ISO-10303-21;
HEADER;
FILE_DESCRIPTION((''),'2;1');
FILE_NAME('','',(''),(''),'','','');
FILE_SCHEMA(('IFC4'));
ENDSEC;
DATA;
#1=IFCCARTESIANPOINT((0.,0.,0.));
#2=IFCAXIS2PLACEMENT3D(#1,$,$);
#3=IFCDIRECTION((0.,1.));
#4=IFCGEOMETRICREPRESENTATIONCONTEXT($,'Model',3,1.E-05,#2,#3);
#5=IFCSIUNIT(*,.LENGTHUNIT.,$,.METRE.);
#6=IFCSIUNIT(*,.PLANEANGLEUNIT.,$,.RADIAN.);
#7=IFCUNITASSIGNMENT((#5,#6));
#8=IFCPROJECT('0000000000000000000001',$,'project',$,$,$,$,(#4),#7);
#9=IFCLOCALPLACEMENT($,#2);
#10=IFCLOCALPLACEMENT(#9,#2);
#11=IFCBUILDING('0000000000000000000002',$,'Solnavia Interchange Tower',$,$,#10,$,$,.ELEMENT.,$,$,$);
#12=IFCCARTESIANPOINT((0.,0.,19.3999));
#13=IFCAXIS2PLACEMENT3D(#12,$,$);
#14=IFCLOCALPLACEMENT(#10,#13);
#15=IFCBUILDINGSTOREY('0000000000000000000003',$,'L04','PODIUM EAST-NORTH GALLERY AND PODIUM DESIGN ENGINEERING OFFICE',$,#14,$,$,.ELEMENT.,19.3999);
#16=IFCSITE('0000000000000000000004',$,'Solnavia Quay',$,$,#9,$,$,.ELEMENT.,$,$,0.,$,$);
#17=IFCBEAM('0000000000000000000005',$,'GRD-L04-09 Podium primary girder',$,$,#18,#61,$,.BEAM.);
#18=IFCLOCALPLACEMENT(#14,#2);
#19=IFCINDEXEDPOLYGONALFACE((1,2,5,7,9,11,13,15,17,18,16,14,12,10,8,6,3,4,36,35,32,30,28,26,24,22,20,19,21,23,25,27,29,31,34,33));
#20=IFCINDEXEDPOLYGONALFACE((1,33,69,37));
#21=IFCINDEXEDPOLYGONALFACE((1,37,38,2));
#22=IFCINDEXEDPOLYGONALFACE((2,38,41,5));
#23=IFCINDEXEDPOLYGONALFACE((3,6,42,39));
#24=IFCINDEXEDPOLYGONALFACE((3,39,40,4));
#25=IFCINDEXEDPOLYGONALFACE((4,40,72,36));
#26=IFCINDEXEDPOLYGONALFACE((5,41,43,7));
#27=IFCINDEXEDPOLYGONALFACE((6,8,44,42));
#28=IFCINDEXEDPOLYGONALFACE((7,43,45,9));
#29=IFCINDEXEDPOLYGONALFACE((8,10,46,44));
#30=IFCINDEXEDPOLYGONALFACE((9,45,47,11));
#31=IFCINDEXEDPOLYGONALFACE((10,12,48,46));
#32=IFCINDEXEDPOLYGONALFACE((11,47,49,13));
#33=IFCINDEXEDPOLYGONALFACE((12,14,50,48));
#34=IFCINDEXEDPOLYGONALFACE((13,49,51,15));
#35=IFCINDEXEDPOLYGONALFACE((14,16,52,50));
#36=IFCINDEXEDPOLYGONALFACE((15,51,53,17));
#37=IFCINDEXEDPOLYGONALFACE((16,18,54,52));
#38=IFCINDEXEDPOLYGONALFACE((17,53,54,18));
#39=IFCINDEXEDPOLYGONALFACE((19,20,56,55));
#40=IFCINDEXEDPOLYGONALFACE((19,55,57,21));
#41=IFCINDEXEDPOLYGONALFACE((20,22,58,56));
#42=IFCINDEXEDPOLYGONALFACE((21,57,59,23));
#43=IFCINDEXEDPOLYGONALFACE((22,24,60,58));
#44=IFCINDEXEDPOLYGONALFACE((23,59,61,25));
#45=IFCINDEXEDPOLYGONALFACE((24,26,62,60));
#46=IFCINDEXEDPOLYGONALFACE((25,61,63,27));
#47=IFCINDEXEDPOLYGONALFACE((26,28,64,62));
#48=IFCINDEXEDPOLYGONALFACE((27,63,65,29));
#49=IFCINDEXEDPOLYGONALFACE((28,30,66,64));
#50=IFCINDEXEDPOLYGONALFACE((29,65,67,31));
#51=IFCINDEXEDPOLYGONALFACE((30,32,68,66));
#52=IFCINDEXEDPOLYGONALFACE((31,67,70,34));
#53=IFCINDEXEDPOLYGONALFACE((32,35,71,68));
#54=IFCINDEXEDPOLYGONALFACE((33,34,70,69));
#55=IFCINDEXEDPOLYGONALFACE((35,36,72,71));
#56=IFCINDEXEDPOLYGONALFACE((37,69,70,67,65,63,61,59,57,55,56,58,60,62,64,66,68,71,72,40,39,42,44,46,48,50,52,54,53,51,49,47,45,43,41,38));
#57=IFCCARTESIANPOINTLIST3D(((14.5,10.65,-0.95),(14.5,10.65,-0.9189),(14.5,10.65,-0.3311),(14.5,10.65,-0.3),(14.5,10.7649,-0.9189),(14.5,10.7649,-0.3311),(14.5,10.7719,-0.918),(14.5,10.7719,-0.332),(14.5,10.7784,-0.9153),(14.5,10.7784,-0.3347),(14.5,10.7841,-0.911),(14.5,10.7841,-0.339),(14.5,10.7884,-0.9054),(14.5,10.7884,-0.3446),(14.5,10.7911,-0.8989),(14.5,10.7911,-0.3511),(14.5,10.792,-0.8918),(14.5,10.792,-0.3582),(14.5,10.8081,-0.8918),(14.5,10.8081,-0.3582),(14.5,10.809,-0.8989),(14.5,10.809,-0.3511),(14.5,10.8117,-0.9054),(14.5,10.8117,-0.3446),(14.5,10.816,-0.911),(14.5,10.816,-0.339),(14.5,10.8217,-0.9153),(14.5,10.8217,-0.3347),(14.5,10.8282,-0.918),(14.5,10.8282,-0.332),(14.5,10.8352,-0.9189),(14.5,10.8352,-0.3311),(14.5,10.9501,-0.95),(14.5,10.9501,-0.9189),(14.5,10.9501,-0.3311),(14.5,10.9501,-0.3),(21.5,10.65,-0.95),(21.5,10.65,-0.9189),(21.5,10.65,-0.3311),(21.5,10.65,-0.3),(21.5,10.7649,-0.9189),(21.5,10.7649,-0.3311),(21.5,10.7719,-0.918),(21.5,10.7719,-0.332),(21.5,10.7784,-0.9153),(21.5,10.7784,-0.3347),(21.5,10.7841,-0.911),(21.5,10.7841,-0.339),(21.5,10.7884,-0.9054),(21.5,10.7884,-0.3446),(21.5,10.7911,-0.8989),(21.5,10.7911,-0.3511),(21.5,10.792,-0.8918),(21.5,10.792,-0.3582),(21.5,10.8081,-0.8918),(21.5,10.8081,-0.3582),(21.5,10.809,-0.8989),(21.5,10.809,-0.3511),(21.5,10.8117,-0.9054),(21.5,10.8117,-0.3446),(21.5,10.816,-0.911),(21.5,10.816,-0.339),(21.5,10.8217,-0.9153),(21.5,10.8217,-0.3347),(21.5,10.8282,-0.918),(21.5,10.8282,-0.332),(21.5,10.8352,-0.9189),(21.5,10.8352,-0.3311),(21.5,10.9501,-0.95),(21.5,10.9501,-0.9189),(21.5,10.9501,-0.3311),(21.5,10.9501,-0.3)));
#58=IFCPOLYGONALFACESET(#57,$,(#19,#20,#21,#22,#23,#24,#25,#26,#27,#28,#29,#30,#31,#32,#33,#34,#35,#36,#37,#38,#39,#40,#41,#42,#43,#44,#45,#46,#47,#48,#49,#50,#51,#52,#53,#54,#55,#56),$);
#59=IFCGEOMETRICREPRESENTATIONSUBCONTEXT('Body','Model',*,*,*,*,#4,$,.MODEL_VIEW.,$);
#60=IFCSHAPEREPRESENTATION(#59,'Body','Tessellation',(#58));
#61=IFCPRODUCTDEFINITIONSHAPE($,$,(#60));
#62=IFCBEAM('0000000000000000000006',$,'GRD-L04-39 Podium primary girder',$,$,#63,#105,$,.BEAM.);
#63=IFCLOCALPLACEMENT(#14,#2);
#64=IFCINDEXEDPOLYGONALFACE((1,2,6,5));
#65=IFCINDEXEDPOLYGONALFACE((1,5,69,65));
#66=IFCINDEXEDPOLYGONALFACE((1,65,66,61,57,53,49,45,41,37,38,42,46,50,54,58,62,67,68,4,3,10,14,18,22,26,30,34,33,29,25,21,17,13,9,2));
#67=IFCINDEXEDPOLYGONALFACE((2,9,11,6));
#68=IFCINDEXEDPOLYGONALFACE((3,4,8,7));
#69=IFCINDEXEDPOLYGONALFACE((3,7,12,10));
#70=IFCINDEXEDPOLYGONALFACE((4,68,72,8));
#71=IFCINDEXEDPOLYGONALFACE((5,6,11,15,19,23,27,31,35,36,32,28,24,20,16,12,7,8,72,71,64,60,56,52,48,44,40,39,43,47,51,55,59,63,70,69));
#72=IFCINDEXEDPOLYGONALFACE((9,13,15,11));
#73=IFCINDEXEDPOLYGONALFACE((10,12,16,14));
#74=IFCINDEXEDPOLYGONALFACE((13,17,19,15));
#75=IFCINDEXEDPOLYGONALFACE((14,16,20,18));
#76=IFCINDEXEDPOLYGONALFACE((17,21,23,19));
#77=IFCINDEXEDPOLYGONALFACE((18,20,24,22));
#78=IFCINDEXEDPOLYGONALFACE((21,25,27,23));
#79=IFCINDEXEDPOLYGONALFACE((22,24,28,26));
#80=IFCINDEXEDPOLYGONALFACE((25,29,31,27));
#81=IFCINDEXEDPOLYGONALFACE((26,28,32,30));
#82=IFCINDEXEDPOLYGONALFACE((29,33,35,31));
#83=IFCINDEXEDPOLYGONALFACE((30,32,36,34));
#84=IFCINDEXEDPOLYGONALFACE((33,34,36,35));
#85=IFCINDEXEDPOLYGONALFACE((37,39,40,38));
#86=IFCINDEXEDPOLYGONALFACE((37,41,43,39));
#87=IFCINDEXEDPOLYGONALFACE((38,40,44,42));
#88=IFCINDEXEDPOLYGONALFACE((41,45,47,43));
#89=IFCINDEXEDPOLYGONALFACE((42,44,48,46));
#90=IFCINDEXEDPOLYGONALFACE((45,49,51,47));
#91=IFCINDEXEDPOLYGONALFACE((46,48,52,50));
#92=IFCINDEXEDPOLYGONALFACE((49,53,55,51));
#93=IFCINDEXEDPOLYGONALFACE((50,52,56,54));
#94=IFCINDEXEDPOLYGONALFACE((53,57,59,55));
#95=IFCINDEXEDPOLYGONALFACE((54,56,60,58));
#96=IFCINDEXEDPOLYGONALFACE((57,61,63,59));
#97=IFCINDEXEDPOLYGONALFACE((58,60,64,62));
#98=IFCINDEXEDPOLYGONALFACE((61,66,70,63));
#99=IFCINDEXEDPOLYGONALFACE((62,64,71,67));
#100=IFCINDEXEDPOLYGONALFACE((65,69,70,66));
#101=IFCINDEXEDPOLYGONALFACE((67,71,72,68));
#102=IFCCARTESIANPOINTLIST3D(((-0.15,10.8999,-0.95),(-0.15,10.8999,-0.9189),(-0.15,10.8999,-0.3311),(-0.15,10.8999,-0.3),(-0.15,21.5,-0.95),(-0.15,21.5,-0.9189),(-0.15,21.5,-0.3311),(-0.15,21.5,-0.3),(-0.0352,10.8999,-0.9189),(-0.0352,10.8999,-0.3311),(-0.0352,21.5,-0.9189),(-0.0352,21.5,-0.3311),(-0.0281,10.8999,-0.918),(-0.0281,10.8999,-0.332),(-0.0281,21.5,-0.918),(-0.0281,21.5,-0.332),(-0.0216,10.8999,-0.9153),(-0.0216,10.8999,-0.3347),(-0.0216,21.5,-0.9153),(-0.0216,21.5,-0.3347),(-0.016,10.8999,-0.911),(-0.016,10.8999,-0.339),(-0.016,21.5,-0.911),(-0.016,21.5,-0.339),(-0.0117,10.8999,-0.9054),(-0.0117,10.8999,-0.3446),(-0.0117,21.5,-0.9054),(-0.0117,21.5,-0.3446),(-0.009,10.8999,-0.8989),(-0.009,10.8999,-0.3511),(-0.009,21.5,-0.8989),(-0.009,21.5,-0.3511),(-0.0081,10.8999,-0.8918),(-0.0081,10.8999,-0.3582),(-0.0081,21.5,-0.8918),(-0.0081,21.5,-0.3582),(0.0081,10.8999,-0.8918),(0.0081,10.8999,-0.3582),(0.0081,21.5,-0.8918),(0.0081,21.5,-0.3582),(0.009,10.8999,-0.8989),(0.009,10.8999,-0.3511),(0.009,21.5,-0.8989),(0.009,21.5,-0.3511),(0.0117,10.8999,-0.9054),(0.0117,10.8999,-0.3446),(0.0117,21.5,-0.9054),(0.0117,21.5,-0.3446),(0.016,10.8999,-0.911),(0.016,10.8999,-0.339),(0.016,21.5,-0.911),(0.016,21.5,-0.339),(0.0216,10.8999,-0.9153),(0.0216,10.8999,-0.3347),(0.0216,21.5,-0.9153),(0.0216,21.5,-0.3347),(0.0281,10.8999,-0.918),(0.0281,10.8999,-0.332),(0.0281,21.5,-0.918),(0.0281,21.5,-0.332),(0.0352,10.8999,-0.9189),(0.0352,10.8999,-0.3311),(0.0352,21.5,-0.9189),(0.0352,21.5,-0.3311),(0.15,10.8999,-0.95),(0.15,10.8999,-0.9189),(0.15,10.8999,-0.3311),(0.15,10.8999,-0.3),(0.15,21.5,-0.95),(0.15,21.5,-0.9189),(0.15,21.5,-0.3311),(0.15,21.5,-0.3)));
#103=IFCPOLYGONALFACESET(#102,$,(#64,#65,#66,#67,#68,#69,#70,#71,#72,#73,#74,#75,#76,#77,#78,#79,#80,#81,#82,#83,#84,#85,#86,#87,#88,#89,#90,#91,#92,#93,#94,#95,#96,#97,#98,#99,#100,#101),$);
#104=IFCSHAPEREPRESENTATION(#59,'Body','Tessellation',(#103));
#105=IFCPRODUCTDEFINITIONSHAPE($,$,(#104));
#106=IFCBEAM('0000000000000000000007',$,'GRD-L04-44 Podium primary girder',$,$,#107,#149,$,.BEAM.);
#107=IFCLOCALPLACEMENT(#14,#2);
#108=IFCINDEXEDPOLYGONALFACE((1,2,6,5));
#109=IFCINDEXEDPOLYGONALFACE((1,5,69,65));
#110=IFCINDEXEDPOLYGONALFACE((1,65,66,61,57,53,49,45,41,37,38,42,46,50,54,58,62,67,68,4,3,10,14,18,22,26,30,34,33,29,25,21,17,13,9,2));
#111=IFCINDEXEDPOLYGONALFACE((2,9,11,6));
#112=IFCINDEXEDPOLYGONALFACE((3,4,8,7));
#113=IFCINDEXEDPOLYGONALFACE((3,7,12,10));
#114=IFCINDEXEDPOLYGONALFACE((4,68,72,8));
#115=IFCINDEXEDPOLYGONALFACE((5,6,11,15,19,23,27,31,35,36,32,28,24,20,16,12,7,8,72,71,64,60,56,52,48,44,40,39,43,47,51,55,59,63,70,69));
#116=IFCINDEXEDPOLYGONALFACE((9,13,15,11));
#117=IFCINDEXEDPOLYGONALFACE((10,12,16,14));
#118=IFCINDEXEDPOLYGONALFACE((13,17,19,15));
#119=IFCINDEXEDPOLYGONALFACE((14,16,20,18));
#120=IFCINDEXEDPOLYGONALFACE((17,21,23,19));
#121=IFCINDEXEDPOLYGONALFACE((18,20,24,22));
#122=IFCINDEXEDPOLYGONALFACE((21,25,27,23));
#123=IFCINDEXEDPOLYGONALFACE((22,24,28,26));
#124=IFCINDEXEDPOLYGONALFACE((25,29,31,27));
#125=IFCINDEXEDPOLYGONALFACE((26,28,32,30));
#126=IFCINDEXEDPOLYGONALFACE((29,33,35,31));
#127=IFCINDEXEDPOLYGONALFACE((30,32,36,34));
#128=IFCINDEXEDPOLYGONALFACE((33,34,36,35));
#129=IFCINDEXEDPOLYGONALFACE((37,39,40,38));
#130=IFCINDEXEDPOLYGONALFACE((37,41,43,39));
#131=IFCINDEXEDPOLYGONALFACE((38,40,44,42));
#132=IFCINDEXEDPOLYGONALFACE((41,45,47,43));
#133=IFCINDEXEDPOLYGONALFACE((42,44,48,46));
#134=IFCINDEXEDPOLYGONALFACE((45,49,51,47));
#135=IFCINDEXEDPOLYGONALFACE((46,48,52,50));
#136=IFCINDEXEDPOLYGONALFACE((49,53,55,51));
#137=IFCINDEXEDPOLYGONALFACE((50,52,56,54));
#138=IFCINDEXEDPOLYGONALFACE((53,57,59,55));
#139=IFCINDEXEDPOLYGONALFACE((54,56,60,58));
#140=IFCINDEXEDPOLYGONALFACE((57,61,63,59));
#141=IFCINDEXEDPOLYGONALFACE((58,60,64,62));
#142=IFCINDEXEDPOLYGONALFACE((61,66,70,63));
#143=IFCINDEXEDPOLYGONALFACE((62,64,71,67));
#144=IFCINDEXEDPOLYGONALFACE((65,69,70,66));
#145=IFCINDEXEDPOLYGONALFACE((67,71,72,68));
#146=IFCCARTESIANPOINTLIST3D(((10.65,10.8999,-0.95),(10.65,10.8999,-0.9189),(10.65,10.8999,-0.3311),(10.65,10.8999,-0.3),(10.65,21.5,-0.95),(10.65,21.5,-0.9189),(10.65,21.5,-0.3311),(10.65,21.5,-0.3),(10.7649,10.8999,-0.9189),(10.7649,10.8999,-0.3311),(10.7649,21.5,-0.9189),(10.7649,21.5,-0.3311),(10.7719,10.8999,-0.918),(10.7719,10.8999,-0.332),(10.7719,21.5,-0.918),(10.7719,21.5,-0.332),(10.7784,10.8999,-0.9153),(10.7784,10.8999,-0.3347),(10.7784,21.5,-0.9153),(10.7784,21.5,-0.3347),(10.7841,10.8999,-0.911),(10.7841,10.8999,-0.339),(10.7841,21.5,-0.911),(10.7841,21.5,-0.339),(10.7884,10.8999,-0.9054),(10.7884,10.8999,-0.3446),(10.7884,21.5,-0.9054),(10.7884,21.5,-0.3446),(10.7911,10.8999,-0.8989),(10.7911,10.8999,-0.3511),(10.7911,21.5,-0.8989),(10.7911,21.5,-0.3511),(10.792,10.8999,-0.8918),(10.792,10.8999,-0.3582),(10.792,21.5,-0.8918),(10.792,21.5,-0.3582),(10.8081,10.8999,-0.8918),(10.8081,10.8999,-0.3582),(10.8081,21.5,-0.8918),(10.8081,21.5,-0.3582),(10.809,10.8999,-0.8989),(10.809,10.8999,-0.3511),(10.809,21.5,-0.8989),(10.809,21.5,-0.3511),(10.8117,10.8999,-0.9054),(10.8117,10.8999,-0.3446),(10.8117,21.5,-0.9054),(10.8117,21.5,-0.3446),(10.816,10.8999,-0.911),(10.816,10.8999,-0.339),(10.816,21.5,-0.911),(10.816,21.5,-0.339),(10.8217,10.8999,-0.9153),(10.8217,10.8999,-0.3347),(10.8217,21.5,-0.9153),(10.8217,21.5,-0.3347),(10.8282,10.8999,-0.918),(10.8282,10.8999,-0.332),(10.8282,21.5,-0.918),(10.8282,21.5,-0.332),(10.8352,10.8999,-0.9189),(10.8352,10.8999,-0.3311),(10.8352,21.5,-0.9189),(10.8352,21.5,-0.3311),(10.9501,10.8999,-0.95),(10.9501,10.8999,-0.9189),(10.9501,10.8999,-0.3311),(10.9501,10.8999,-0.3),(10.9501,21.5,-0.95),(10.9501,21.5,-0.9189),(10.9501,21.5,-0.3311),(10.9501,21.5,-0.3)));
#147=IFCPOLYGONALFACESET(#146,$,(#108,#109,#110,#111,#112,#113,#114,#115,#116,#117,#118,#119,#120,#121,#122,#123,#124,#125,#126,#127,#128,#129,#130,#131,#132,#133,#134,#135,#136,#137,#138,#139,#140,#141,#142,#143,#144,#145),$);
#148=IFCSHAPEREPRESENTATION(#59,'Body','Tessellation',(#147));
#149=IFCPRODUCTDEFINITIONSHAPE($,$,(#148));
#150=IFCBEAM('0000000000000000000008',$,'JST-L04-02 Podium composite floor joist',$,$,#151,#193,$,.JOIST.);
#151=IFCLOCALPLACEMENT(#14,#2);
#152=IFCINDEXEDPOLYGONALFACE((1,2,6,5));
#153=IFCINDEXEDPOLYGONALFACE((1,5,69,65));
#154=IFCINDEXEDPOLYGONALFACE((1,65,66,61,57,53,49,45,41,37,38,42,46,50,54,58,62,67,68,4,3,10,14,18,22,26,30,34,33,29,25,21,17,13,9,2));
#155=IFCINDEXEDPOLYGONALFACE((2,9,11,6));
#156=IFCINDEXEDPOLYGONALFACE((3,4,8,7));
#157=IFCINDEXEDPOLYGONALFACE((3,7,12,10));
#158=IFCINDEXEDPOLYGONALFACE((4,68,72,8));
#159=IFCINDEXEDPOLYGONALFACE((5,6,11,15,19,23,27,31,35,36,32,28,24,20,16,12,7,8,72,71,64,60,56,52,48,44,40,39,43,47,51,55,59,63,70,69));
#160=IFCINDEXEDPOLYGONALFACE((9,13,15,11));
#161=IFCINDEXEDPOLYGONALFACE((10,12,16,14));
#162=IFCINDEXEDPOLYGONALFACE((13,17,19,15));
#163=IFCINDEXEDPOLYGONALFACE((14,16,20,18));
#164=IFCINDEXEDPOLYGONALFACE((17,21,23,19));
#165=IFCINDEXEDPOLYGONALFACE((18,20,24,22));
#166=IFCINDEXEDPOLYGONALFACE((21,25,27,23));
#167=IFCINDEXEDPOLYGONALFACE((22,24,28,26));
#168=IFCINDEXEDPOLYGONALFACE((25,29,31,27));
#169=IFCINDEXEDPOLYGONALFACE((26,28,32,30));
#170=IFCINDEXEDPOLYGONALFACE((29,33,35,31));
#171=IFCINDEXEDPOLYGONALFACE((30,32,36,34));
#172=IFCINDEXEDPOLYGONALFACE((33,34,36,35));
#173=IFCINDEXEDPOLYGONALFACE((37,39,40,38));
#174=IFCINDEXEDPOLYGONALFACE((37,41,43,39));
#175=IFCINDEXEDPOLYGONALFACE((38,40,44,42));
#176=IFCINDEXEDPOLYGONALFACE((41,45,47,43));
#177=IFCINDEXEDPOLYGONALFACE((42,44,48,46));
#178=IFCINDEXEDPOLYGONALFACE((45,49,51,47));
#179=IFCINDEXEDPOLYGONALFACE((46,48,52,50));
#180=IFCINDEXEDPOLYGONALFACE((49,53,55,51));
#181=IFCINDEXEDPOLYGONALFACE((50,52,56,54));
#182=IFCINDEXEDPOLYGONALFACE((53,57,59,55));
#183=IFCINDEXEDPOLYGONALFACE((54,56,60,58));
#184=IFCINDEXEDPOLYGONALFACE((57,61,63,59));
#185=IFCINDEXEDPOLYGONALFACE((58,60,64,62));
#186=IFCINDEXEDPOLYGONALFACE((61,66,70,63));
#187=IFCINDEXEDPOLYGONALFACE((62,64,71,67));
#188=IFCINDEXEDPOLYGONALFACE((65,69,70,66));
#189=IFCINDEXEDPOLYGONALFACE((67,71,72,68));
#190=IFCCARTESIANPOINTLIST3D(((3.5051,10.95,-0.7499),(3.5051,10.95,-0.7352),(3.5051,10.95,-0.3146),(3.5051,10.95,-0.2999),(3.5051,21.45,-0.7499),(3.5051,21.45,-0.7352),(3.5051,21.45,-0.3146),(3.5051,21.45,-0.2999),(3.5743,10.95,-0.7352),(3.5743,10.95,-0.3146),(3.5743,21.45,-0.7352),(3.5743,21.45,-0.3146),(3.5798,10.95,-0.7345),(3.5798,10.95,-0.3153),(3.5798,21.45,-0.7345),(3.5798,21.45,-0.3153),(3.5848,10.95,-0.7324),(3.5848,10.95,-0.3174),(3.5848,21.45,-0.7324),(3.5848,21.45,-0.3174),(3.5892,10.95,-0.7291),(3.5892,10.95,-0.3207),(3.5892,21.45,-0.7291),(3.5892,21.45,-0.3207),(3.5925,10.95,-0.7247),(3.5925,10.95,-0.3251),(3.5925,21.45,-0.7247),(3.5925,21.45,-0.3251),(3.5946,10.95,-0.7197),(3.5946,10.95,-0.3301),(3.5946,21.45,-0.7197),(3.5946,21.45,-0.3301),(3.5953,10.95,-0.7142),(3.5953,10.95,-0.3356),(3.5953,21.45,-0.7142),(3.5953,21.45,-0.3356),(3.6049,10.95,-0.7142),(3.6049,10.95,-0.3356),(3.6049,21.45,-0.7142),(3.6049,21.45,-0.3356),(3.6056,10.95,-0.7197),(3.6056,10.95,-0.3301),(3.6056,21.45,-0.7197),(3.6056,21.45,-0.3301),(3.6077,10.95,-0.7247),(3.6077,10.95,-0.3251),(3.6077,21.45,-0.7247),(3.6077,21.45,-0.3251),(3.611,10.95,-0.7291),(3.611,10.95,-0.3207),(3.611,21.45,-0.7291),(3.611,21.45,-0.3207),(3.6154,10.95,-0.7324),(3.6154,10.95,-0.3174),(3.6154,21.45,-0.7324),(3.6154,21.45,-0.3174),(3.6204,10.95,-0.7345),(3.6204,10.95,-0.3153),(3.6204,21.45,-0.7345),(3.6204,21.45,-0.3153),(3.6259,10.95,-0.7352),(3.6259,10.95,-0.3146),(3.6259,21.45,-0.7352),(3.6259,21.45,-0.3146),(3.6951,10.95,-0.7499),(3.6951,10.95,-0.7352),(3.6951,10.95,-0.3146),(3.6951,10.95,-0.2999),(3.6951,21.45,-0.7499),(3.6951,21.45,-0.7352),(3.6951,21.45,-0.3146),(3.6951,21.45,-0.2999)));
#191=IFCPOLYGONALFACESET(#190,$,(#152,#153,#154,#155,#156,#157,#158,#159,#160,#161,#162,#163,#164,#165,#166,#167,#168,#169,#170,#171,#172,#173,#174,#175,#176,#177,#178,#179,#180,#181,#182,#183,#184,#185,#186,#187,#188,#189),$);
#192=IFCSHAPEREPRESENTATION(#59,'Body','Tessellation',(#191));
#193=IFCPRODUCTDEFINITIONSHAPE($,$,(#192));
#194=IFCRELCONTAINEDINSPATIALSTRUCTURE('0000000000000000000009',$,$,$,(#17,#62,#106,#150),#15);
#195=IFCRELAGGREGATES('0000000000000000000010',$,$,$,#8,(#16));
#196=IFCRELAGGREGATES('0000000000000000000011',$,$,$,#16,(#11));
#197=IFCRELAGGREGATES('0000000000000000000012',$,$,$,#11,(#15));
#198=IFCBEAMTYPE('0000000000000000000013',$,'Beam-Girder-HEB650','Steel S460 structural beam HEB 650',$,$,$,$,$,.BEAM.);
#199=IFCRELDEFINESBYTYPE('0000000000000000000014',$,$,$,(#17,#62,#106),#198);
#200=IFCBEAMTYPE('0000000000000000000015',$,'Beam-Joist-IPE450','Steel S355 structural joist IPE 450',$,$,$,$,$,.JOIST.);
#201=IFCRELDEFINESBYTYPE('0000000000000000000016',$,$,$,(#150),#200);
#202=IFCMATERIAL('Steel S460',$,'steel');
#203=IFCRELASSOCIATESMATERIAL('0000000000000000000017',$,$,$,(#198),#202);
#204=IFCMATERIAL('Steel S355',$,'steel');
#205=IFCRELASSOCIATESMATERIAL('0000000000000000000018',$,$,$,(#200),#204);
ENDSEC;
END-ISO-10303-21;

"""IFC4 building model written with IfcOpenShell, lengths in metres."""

from ifc_helpers import new_model, si_unit, direction, frame, origin, origin_2d, place, context, subcontext, project, spatial, i_section, extrude, material, material_profile, profile_set, type_object, element, save


model = new_model("IFC4")

# Units and contexts
model_context = context("Model", 3, precision=1e-05, world=origin(), true_north=direction((0.0, 1.0)))
body_context = subcontext(model_context, "Body", "Model", "MODEL_VIEW")
ifc_project = project(units=[si_unit("LENGTHUNIT", "METRE"), si_unit("PLANEANGLEUNIT", "RADIAN")], contexts=[model_context])

# Site, building, storey
site_placement = place(None, origin())
site = spatial("IfcSite", under=ifc_project, at=site_placement, Name="Solnavia Quay", CompositionType="ELEMENT", RefElevation=0.0)
building_placement = place(site_placement, origin())
building = spatial("IfcBuilding", under=site, at=building_placement, Name="Solnavia Interchange Tower", CompositionType="ELEMENT")
storey_placement = place(building_placement, frame((0.0, 0.0, 19.3999)))
storey = spatial("IfcBuildingStorey", under=building, at=storey_placement, Name="L04", Description="PODIUM EAST-NORTH GALLERY AND PODIUM DESIGN ENGINEERING OFFICE", CompositionType="ELEMENT", Elevation=19.3999)

# Beams
ifc_material_1 = material(Name="Steel S460", Category="steel")
ifc_material_profile_1 = material_profile(ifc_material_1, i_section(OverallWidth=0.3, OverallDepth=0.6499, WebThickness=0.0161, FlangeThickness=0.031, FilletRadius=0.0271, at=origin_2d()), Name="HEB 650")
ifc_profile_set_1 = profile_set([ifc_material_profile_1], Name="Steel S460")
beam_type_1 = type_object("IfcBeamType", Name="Beam-Girder-HEB650", Description="Steel S460 structural beam HEB 650", PredefinedType="BEAM", material=ifc_profile_set_1)
beam_1_placement = place(storey_placement, frame((14.5, 10.8, -0.625), z_axis=(1.0, 0.0, 0.0), x_axis=(0.0, 1.0, 0.0)))
element("IfcBeam", 1, at=beam_1_placement, inside=storey, type_object=beam_type_1, Name="GRD-L04-09 Podium primary girder", PredefinedType="BEAM", context=body_context, shape_type="SweptSolid", body=[
    extrude(i_section(OverallWidth=0.3, OverallDepth=0.6499, WebThickness=0.0161, FlangeThickness=0.031, FilletRadius=0.0271, at=origin_2d()), origin(), (0.0, 0.0, 1.0), 7.0),
])
for number, where, z_axis, x_axis, name in (
    (2, (0.0, 10.8999, -0.625), (0.0, 1.0, 0.0), (-1.0, 0.0, 0.0), "GRD-L04-39 Podium primary girder"),
    (3, (10.8, 10.8999, -0.625), (0.0, 1.0, 0.0), (-1.0, 0.0, 0.0), "GRD-L04-44 Podium primary girder"),
):
    element("IfcBeam", number, at=place(storey_placement, frame(where, z_axis=z_axis, x_axis=x_axis)), inside=storey, type_object=beam_type_1, Name=name, PredefinedType="BEAM", context=body_context, shape_type="SweptSolid", body=[
        extrude(i_section(OverallWidth=0.3, OverallDepth=0.6499, WebThickness=0.0161, FlangeThickness=0.031, FilletRadius=0.0271, at=origin_2d()), origin(), (0.0, 0.0, 1.0), 10.6001),
    ])
ifc_material_2 = material(Name="Steel S355", Category="steel")
ifc_material_profile_2 = material_profile(ifc_material_2, i_section(OverallWidth=0.1899, OverallDepth=0.45, WebThickness=0.0095, FlangeThickness=0.0146, FilletRadius=0.021, at=origin_2d()), Name="IPE 450")
ifc_profile_set_2 = profile_set([ifc_material_profile_2], Name="Steel S355")
beam_type_2 = type_object("IfcBeamType", Name="Beam-Joist-IPE450", Description="Steel S355 structural joist IPE 450", PredefinedType="JOIST", material=ifc_profile_set_2)
for number, where, z_axis, x_axis, name in (
    (4, (3.6001, 10.95, -0.5249), (0.0, 1.0, 0.0), (-1.0, 0.0, 0.0), "JST-L04-02 Podium composite floor joist"),
):
    element("IfcBeam", number, at=place(storey_placement, frame(where, z_axis=z_axis, x_axis=x_axis)), inside=storey, type_object=beam_type_2, Name=name, PredefinedType="JOIST", context=body_context, shape_type="SweptSolid", body=[
        extrude(i_section(OverallWidth=0.1899, OverallDepth=0.45, WebThickness=0.0095, FlangeThickness=0.0146, FilletRadius=0.021, at=origin_2d()), origin(), (0.0, 0.0, 1.0), 10.5),
    ])

save(model, "model.ifc")
